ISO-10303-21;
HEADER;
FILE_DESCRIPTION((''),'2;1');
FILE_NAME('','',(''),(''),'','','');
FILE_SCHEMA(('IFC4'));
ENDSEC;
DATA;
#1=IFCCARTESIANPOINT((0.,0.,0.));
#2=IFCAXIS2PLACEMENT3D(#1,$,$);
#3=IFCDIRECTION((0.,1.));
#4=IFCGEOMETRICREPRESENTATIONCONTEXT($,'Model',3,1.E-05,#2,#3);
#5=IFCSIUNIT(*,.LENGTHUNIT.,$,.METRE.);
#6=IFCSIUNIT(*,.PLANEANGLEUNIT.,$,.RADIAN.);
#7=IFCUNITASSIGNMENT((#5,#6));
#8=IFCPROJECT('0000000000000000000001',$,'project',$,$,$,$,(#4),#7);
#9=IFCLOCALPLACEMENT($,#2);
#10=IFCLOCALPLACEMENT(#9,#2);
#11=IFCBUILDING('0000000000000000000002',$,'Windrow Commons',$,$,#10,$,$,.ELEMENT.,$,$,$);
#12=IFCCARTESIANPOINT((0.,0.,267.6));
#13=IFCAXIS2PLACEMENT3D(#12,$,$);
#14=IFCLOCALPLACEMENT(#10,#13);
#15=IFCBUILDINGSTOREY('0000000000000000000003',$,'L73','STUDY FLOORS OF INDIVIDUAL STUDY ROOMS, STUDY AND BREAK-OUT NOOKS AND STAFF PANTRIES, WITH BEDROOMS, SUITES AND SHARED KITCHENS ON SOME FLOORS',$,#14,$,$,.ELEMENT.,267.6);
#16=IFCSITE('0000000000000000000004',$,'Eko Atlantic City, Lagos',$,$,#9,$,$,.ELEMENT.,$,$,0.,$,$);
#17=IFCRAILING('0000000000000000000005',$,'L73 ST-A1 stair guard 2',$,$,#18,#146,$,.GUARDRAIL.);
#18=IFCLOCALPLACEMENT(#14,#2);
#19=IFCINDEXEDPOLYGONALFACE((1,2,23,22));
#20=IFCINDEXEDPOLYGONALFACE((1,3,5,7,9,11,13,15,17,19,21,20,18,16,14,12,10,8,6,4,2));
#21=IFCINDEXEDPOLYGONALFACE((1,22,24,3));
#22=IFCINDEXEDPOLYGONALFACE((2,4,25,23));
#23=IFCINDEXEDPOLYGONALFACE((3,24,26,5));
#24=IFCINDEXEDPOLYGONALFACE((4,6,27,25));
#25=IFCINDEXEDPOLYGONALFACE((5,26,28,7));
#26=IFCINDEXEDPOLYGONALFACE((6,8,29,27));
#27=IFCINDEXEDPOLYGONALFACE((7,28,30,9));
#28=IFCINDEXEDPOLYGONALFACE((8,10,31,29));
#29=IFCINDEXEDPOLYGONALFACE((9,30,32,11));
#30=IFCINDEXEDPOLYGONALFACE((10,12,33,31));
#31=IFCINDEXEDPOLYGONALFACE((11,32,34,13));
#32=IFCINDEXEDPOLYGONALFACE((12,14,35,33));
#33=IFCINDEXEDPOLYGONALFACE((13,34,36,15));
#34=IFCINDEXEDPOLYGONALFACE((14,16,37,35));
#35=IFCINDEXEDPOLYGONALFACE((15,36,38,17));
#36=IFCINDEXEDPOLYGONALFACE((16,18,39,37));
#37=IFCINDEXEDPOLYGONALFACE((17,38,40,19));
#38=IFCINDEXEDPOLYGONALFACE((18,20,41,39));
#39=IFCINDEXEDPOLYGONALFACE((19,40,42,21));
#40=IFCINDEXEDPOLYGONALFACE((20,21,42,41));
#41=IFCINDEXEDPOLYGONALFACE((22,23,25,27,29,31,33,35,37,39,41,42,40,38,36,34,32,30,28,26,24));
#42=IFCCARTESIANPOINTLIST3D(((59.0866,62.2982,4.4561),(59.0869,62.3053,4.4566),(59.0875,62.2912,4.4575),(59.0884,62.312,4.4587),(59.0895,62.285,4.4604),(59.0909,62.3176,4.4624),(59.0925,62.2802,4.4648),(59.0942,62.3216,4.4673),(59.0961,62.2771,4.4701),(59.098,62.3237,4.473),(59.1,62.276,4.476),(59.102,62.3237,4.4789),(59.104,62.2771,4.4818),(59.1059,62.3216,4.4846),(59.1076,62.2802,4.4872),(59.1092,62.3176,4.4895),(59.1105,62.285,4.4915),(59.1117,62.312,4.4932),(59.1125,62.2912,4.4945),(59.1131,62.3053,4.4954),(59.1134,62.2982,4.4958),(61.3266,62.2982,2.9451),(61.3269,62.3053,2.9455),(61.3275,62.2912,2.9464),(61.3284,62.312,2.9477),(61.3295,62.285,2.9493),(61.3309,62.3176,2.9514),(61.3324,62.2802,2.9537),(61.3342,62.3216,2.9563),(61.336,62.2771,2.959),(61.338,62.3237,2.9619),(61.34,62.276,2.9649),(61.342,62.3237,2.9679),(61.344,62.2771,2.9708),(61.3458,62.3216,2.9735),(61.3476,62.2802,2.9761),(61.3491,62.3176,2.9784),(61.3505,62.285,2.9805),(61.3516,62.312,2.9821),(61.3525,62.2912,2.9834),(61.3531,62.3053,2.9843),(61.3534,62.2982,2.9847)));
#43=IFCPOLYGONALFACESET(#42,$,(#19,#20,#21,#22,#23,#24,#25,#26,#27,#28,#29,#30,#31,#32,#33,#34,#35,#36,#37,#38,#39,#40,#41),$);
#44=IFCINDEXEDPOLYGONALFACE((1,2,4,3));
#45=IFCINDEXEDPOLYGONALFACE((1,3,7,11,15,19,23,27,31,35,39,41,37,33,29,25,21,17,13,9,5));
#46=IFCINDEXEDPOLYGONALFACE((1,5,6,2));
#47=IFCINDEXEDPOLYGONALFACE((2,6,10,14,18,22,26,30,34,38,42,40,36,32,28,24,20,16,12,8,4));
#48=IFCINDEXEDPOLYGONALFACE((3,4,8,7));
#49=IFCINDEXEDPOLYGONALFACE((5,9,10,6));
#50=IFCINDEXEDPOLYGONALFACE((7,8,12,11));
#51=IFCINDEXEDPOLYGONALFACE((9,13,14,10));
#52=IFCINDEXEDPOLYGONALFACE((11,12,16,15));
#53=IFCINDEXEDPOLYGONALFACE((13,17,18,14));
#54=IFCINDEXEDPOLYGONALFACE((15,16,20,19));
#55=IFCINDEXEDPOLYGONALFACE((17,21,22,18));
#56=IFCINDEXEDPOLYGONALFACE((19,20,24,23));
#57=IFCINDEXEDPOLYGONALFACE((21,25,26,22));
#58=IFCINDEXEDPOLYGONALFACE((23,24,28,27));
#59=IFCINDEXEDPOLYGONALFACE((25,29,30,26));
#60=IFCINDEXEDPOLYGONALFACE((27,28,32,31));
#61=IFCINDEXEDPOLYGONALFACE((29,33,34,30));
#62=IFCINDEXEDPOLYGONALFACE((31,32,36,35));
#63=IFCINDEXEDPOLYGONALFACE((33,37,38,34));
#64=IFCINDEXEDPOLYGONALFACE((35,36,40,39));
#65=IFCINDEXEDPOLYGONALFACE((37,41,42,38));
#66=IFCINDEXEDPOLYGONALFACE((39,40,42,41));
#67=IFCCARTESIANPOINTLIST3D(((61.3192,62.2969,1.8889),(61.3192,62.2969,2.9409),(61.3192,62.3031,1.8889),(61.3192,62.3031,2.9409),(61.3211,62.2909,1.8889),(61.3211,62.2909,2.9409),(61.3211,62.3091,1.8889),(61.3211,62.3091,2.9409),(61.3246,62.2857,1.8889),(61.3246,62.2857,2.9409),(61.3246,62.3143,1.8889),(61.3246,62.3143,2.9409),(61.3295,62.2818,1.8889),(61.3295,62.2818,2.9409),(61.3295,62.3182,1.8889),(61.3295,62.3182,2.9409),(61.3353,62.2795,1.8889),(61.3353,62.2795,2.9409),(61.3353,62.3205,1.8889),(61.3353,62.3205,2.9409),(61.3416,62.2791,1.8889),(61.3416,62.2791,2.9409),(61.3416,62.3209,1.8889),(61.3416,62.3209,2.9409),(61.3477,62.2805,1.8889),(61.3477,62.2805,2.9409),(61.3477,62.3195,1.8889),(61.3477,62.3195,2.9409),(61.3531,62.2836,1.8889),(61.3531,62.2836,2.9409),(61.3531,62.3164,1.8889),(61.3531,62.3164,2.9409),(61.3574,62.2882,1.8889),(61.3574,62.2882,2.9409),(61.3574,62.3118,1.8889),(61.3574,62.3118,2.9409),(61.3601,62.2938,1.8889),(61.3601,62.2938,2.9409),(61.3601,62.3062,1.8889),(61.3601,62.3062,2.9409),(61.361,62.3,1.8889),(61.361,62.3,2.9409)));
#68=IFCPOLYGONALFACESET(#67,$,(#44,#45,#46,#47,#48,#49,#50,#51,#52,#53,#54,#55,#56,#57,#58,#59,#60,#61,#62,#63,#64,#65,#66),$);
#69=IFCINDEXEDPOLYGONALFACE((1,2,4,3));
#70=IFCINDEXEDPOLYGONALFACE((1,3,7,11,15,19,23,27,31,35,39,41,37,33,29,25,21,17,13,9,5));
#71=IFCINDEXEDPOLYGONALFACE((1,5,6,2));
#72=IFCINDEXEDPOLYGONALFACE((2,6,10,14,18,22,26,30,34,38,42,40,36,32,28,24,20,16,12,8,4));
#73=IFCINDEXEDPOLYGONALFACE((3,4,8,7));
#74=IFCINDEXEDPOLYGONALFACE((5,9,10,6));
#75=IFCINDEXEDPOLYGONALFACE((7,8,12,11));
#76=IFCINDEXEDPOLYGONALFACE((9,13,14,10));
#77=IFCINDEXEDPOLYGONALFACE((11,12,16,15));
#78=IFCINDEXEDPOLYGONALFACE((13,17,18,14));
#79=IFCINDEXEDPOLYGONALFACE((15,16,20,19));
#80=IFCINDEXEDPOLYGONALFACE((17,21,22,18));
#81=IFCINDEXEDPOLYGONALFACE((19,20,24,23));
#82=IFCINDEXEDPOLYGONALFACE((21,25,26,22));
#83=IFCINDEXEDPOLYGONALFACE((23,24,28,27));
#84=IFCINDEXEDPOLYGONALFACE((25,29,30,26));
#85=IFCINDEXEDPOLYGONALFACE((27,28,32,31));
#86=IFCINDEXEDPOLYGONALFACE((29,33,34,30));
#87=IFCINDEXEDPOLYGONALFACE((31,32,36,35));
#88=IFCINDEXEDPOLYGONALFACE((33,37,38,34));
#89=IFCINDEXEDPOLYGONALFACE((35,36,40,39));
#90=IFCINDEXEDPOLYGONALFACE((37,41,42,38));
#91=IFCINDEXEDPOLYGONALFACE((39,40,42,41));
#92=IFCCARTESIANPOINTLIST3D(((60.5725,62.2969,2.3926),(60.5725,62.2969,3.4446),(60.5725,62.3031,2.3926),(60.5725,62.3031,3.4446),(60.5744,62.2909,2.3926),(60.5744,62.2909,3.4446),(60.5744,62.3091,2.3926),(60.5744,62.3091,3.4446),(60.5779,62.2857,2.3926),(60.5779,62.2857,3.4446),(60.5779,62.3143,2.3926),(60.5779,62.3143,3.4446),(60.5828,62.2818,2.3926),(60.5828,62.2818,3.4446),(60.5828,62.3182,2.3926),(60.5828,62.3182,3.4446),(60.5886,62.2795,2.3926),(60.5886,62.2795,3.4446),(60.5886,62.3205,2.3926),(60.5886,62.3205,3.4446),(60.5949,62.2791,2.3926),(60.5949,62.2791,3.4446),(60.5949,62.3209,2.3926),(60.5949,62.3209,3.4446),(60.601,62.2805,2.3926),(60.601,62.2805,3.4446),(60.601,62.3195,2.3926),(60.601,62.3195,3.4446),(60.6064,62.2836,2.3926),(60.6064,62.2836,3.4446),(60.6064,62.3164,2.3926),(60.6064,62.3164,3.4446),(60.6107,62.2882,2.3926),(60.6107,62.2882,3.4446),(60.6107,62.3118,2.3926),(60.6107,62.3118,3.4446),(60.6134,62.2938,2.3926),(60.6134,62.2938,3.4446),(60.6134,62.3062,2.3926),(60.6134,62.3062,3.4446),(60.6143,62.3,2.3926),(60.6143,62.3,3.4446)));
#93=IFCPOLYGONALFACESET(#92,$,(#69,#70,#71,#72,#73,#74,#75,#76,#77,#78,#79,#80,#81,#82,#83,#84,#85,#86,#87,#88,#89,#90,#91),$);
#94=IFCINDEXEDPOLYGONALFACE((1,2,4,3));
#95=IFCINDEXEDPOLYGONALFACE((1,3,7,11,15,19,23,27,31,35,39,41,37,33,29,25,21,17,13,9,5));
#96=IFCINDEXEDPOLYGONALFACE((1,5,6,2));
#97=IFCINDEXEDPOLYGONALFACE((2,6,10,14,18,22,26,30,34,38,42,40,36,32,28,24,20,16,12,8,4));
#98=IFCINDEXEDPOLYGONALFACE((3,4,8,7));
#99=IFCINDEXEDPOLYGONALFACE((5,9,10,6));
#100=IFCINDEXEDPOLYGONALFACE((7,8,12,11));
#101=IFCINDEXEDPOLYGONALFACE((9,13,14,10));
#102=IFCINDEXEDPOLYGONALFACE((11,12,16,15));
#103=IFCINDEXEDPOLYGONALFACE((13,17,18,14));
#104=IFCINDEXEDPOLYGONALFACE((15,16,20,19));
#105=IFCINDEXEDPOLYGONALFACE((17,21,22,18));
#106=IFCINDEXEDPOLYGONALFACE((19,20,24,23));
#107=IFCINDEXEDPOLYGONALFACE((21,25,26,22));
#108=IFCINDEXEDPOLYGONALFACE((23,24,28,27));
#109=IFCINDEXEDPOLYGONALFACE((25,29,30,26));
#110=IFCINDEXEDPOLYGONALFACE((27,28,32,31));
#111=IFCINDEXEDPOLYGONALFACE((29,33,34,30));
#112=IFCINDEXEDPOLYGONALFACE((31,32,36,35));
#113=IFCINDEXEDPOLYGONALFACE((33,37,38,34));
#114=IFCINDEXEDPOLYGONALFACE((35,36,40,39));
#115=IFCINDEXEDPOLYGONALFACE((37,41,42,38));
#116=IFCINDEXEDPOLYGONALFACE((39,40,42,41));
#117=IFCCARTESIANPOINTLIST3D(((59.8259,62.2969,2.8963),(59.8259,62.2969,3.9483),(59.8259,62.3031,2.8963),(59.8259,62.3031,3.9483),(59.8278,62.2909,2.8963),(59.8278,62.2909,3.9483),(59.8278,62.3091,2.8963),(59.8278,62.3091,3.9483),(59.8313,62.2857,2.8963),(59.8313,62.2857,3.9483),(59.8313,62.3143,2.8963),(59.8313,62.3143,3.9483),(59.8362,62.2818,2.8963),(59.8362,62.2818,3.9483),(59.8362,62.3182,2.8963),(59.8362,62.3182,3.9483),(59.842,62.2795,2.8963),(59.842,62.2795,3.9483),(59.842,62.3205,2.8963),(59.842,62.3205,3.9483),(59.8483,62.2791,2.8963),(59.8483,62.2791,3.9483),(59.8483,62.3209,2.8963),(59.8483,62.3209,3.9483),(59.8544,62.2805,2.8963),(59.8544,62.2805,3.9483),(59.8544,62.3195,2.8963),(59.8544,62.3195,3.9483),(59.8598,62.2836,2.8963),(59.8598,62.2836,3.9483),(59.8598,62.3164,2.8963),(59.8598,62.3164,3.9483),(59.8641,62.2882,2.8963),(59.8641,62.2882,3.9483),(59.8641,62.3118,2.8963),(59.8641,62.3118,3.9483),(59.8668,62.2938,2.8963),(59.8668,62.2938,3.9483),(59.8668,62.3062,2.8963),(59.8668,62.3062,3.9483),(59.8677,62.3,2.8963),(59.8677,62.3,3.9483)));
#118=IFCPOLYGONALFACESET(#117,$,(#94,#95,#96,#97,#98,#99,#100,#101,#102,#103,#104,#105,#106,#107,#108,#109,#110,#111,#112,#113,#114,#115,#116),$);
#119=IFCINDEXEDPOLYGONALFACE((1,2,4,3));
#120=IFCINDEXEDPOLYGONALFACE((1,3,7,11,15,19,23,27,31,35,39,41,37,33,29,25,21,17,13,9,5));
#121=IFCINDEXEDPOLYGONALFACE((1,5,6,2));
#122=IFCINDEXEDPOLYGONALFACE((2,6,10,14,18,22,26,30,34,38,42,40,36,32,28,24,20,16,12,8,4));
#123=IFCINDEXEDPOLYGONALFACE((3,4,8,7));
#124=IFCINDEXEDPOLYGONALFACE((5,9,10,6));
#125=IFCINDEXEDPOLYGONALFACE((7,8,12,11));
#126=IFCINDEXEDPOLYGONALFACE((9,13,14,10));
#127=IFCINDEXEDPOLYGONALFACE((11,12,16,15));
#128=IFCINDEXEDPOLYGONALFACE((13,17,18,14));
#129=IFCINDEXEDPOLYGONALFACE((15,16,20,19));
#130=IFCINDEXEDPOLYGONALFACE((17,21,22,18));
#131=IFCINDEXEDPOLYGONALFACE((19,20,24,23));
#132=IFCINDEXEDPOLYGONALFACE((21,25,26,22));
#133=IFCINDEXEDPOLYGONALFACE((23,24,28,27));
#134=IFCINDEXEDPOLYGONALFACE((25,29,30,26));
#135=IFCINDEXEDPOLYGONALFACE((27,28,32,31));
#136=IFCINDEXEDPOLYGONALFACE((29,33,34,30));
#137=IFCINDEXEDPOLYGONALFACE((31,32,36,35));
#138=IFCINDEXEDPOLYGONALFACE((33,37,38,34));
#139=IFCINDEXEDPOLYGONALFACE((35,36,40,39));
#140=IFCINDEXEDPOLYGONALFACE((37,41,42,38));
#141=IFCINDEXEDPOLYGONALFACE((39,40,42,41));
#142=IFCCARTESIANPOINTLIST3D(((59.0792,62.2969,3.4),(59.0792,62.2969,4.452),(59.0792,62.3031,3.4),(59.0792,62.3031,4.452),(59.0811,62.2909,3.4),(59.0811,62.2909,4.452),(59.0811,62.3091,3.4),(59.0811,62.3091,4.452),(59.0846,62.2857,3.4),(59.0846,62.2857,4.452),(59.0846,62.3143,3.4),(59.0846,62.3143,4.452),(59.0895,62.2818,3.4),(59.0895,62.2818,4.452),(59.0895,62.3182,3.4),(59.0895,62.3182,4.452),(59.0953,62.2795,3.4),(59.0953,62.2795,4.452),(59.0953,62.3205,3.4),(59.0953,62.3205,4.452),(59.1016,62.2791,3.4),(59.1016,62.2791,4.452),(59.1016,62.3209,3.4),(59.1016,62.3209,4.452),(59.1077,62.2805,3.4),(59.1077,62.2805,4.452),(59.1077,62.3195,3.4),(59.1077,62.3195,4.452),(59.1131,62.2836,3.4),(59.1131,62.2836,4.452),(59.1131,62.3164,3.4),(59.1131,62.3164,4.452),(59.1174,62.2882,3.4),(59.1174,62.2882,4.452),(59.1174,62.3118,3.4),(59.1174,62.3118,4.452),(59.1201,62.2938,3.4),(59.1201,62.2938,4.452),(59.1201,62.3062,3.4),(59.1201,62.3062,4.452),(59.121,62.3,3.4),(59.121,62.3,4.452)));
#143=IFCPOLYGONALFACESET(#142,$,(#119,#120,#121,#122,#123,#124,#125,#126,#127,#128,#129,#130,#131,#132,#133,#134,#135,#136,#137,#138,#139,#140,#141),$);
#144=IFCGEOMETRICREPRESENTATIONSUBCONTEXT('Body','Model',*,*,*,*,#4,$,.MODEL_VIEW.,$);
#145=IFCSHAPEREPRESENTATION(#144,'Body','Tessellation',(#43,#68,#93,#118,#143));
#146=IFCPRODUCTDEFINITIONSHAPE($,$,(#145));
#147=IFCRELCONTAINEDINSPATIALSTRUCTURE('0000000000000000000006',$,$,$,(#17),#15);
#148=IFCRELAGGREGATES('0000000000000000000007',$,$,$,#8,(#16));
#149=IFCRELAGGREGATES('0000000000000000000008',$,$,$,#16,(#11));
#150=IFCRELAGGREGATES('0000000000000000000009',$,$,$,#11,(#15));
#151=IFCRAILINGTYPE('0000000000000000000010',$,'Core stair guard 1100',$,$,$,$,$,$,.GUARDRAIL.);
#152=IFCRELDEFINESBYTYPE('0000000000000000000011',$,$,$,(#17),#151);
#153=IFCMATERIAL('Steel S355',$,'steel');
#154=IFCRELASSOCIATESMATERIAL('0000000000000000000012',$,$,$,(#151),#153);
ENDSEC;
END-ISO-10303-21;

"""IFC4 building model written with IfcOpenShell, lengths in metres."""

from ifc_helpers import new_model, si_unit, direction, frame, origin, origin_2d, place, context, subcontext, project, spatial, circle, extrude, material, type_object, element, save


model = new_model("IFC4")

# Units and contexts
model_context = context("Model", 3, precision=1e-05, world=origin(), true_north=direction((0.0, 1.0)))
body_context = subcontext(model_context, "Body", "Model", "MODEL_VIEW")
ifc_project = project(units=[si_unit("LENGTHUNIT", "METRE"), si_unit("PLANEANGLEUNIT", "RADIAN")], contexts=[model_context])

# Site, building, storey
site_placement = place(None, origin())
site = spatial("IfcSite", under=ifc_project, at=site_placement, Name="Eko Atlantic City, Lagos", CompositionType="ELEMENT", RefElevation=0.0)
building_placement = place(site_placement, origin())
building = spatial("IfcBuilding", under=site, at=building_placement, Name="Windrow Commons", CompositionType="ELEMENT")
storey_placement = place(building_placement, frame((0.0, 0.0, 267.6)))
storey = spatial("IfcBuildingStorey", under=building, at=storey_placement, Name="L73", Description="STUDY FLOORS OF INDIVIDUAL STUDY ROOMS, STUDY AND BREAK-OUT NOOKS AND STAFF PANTRIES, WITH BEDROOMS, SUITES AND SHARED KITCHENS ON SOME FLOORS", CompositionType="ELEMENT", Elevation=267.6)

# Railing
ifc_material_1 = material(Name="Steel S355", Category="steel")
railing_type_1 = type_object("IfcRailingType", Name="Core stair guard 1100", PredefinedType="GUARDRAIL", material=ifc_material_1)
railing_1_placement = place(storey_placement, frame((61.34, 62.3, 1.8889)))
element("IfcRailing", 1, at=railing_1_placement, inside=storey, type_object=railing_type_1, Name="L73 ST-A1 stair guard 2", PredefinedType="GUARDRAIL", context=body_context, shape_type="SweptSolid", body=[
    extrude(circle(Radius=0.024, at=origin_2d()), frame((0.0, 0.0, 1.076), z_axis=(-0.829003, 0.0, 0.559244), x_axis=(0.0, -1.0, 0.0)), (0.0, 0.0, 1.0), 2.702),
    extrude(circle(Radius=0.021, at=origin_2d()), origin(), (0.0, 0.0, 1.0), 1.052),
    extrude(circle(Radius=0.021, at=origin_2d()), frame((-0.7467, 0.0, 0.5037)), (0.0, 0.0, 1.0), 1.052),
    extrude(circle(Radius=0.021, at=origin_2d()), frame((-1.4933, 0.0, 1.0074)), (0.0, 0.0, 1.0), 1.052),
    extrude(circle(Radius=0.021, at=origin_2d()), frame((-2.24, 0.0, 1.5111)), (0.0, 0.0, 1.0), 1.052),
])

save(model, "model.ifc")
